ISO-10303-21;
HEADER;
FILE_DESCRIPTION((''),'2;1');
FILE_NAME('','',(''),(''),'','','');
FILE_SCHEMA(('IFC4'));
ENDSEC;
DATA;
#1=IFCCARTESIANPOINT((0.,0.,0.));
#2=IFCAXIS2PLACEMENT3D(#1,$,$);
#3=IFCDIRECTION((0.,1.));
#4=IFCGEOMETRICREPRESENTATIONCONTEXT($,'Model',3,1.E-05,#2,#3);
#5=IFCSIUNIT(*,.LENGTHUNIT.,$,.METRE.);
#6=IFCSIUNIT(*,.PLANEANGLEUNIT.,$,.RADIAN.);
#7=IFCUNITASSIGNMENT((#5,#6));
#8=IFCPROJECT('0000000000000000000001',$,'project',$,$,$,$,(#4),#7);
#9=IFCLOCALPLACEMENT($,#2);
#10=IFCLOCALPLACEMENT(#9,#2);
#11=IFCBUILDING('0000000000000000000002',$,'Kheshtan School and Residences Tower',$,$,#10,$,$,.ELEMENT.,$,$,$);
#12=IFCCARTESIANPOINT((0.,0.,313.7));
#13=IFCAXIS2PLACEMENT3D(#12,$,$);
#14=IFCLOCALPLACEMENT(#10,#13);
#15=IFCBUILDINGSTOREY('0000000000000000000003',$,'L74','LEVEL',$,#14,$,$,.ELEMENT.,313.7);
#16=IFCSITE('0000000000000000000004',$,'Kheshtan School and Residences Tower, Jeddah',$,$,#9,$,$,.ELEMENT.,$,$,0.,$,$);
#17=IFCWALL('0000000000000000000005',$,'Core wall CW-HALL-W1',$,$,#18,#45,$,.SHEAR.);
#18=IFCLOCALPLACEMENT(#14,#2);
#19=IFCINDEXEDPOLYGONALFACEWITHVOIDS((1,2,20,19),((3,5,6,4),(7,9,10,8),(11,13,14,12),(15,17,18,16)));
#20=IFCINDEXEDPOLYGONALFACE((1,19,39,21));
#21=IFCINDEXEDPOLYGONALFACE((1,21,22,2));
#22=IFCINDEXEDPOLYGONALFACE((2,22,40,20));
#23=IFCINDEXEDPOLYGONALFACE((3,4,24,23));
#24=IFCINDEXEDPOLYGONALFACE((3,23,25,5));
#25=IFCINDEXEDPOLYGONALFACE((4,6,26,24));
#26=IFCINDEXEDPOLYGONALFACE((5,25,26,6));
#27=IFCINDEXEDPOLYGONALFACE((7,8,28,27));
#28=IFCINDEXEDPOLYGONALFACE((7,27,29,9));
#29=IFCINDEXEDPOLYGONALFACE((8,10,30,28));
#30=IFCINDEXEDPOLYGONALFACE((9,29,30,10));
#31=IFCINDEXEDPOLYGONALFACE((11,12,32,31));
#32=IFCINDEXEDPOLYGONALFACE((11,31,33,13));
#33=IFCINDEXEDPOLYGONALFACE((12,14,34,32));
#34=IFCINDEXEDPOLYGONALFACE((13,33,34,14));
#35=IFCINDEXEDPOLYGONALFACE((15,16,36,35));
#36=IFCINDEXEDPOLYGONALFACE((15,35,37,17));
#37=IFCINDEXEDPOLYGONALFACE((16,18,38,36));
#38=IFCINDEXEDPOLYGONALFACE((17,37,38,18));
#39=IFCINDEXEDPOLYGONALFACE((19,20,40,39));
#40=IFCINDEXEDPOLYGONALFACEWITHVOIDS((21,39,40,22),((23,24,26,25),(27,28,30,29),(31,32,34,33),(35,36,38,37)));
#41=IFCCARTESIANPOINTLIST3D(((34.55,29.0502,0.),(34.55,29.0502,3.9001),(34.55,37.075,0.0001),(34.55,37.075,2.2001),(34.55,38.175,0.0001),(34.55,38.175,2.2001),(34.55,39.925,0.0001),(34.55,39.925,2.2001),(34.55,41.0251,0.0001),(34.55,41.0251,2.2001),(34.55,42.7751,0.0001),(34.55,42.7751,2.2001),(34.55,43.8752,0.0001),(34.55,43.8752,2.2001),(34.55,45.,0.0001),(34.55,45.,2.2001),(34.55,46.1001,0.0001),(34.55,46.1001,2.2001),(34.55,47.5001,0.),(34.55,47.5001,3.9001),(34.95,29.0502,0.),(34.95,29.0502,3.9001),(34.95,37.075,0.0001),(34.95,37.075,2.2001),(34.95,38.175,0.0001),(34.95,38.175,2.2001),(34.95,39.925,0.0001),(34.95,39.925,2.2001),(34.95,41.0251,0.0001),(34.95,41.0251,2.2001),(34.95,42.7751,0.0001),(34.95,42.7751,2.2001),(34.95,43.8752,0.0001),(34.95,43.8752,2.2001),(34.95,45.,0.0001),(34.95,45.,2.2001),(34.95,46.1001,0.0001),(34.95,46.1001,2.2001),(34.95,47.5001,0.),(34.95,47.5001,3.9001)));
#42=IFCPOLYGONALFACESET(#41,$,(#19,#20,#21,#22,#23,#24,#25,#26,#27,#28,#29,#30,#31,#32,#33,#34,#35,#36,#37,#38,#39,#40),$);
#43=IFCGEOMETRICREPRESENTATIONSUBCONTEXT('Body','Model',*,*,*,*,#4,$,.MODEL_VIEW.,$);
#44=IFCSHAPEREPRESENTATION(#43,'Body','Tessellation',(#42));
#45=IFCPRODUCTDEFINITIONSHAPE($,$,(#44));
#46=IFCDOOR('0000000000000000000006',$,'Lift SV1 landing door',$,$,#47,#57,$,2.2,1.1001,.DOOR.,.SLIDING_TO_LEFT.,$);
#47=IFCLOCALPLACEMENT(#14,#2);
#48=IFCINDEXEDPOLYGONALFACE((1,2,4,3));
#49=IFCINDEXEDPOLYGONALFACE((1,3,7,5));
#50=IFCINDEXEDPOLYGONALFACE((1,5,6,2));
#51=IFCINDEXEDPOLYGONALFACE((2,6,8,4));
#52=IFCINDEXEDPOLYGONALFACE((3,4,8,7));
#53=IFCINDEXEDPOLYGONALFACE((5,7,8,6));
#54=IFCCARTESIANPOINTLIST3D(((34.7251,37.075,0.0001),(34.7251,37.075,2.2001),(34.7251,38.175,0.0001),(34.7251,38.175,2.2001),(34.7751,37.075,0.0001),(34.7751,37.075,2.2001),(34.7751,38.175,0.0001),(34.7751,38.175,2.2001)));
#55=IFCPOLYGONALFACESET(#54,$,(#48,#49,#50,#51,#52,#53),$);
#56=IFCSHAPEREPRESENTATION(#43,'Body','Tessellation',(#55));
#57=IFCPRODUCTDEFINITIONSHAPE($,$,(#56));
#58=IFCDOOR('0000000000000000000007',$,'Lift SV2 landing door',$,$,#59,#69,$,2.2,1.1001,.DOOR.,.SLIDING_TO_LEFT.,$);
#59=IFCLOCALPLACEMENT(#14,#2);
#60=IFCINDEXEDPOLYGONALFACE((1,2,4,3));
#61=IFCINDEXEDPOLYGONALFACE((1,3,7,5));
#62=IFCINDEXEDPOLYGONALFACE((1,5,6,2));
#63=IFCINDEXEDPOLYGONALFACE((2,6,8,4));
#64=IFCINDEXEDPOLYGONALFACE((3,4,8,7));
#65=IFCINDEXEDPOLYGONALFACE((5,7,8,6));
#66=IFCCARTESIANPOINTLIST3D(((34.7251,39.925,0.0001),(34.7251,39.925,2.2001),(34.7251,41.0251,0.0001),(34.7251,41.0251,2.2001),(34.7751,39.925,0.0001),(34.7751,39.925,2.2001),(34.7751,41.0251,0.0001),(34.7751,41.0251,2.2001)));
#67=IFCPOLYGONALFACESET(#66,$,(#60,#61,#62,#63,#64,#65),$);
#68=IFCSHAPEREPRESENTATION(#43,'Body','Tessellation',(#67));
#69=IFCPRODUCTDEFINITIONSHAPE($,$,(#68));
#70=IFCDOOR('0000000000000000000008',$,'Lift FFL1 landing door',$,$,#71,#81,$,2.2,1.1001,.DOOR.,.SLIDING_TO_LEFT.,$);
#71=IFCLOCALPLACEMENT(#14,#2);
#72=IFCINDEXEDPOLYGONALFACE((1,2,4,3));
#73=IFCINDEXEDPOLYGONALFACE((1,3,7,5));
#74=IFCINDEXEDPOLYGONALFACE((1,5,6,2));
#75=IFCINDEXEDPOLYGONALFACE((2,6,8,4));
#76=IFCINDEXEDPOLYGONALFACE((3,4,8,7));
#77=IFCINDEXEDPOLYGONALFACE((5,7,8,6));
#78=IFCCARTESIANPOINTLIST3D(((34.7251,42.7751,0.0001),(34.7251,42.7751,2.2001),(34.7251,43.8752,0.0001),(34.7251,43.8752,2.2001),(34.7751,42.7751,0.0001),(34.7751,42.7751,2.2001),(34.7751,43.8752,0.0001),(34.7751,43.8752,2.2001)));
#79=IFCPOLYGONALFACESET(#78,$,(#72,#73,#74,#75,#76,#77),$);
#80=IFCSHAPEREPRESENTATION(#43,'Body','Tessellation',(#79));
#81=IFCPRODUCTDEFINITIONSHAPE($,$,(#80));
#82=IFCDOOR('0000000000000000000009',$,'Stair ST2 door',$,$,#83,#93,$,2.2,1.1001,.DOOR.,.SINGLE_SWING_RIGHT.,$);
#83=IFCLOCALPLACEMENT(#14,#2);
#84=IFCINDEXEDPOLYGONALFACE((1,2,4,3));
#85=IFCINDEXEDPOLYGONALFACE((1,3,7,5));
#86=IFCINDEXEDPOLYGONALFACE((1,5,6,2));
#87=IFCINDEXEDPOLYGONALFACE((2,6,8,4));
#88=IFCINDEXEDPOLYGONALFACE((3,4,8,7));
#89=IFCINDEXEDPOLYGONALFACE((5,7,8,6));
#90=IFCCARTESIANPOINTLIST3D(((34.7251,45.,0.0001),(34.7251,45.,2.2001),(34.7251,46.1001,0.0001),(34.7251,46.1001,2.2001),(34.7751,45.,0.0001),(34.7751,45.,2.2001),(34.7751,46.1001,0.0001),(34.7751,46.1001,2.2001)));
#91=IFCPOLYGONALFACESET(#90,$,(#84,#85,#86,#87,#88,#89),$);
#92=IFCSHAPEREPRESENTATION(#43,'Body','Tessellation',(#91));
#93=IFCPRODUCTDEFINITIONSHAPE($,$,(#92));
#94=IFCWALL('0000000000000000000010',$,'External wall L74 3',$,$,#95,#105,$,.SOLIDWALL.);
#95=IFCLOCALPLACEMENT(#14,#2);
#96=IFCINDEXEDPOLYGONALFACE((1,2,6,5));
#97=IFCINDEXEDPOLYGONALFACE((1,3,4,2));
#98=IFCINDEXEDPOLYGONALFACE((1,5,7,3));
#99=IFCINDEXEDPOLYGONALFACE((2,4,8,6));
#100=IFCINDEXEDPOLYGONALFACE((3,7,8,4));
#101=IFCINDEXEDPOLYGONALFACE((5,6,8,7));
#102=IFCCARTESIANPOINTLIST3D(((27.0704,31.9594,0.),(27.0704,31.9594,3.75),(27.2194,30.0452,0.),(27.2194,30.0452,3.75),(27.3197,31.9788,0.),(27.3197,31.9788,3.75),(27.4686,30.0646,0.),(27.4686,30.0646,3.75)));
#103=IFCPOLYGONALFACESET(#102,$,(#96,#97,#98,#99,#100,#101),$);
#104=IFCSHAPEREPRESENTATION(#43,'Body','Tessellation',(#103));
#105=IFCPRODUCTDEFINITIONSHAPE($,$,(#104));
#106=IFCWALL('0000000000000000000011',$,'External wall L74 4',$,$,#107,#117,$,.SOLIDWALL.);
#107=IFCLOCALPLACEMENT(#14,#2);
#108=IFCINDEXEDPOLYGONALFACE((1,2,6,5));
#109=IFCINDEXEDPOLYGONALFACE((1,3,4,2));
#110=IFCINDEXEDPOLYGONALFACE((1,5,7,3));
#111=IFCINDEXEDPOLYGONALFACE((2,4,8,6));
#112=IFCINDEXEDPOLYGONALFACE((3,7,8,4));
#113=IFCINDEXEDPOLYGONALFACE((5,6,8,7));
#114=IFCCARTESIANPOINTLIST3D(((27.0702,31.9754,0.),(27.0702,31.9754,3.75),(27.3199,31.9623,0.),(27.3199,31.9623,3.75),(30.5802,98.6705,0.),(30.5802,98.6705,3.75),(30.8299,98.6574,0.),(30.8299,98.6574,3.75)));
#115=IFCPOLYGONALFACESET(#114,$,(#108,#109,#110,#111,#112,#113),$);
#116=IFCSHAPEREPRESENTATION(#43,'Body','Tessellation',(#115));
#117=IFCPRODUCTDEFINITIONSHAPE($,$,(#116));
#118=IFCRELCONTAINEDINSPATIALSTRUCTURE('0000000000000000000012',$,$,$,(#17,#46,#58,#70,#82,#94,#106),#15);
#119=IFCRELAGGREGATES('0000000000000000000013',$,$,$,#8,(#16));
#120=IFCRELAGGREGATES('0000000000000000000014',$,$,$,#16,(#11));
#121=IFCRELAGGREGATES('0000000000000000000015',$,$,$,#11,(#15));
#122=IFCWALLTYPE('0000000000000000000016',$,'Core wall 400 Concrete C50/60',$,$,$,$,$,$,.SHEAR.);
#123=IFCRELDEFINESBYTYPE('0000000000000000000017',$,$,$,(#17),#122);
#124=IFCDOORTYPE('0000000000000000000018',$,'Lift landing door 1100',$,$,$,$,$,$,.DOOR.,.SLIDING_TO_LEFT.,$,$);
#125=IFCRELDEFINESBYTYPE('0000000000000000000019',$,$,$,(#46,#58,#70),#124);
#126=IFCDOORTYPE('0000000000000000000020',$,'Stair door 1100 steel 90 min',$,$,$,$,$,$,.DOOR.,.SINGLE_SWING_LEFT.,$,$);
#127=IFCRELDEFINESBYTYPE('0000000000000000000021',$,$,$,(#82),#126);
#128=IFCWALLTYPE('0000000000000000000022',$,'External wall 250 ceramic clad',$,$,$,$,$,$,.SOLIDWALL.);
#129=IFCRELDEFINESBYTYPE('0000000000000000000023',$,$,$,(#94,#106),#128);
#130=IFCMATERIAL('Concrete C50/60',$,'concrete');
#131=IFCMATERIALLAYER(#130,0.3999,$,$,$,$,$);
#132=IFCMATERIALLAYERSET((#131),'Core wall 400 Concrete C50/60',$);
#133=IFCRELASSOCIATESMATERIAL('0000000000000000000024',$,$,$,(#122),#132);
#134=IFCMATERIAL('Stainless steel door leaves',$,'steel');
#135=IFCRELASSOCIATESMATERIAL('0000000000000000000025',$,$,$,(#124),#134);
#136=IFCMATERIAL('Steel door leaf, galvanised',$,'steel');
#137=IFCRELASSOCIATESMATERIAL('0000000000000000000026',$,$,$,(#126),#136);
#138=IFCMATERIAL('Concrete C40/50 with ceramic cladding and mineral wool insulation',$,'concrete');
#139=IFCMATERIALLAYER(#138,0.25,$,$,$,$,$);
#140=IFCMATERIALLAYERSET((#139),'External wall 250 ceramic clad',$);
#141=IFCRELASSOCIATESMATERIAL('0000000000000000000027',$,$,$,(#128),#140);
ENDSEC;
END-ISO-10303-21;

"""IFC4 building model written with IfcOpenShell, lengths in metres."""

from ifc_helpers import new_model, si_unit, direction, frame, frame_2d, origin, place, context, subcontext, project, spatial, rectangle, extrude, source, transform, mapped, material, layer, layer_set, type_object, element, fill, save


model = new_model("IFC4")

# Units and contexts
model_context = context("Model", 3, precision=1e-05, world=origin(), true_north=direction((0.0, 1.0)))
body_context = subcontext(model_context, "Body", "Model", "MODEL_VIEW")
ifc_project = project(units=[si_unit("LENGTHUNIT", "METRE"), si_unit("PLANEANGLEUNIT", "RADIAN")], contexts=[model_context])

# Site, building, storey
site_placement = place(None, origin())
site = spatial("IfcSite", under=ifc_project, at=site_placement, Name="Kheshtan School and Residences Tower, Jeddah", CompositionType="ELEMENT", RefElevation=0.0)
building_placement = place(site_placement, origin())
building = spatial("IfcBuilding", under=site, at=building_placement, Name="Kheshtan School and Residences Tower", CompositionType="ELEMENT")
storey_placement = place(building_placement, frame((0.0, 0.0, 313.7)))
storey = spatial("IfcBuildingStorey", under=building, at=storey_placement, Name="L74", Description="LEVEL", CompositionType="ELEMENT", Elevation=313.7)

# Wall, openings, doors
ifc_material_1 = material(Name="Concrete C50/60", Category="concrete")
ifc_layer_1 = layer(ifc_material_1, 0.3999)
ifc_layer_set_1 = layer_set([ifc_layer_1], Name="Core wall 400 Concrete C50/60")
wall_type_1 = type_object("IfcWallType", Name="Core wall 400 Concrete C50/60", PredefinedType="SHEAR", material=ifc_layer_set_1)
ifc_material_2 = material(Name="Stainless steel door leaves", Category="steel")
door_type_1 = type_object("IfcDoorType", Name="Lift landing door 1100", OperationType="SLIDING_TO_LEFT", PredefinedType="DOOR", material=ifc_material_2)
shared_shape_1 = source(origin(), body_context, "Body", "SweptSolid", [
    extrude(rectangle(XDim=1.1001, YDim=2.2, at=frame_2d((0.55, 1.1001))), frame((0.0, 0.0249, 0.0), z_axis=(0.0, -1.0, 0.0), x_axis=(1.0, 0.0, 0.0)), (0.0, 0.0, 1.0), 0.05),
])
ifc_material_3 = material(Name="Steel door leaf, galvanised", Category="steel")
wall_1_placement = place(storey_placement, frame((34.75, 29.05, 0.0), z_axis=(0.0, 0.0, 1.0), x_axis=(0.0, 1.0, 0.0)))
wall_1 = element("IfcWall", 1, at=wall_1_placement, inside=storey, type_object=wall_type_1, Name="Core wall CW-HALL-W1", PredefinedType="SHEAR", context=body_context, shape_type="SweptSolid", body=[
    extrude(rectangle(XDim=18.45, YDim=0.3999, at=frame_2d((9.2251, 0.0))), origin(), (0.0, 0.0, 1.0), 3.9001),
])
opening_1_placement = place(wall_1_placement, frame((8.0249, 0.0, 0.0)))
opening_1 = element("IfcOpeningElement", 2, at=opening_1_placement, cuts=wall_1, PredefinedType="OPENING", context=body_context, shape_type="SweptSolid", body=[
    extrude(rectangle(XDim=1.1001, YDim=2.2, at=frame_2d((0.55, 1.1001))), frame((0.0, 0.21, 0.0), z_axis=(0.0, -1.0, 0.0), x_axis=(1.0, 0.0, 0.0)), (0.0, 0.0, 1.0), 0.4199),
])
opening_2_placement = place(wall_1_placement, frame((10.875, 0.0, 0.0)))
opening_2 = element("IfcOpeningElement", 3, at=opening_2_placement, cuts=wall_1, PredefinedType="OPENING", context=body_context, shape_type="SweptSolid", body=[
    extrude(rectangle(XDim=1.1001, YDim=2.2, at=frame_2d((0.55, 1.1001))), frame((0.0, 0.21, 0.0), z_axis=(0.0, -1.0, 0.0), x_axis=(1.0, 0.0, 0.0)), (0.0, 0.0, 1.0), 0.4199),
])
opening_3_placement = place(wall_1_placement, frame((13.7251, 0.0, 0.0)))
opening_3 = element("IfcOpeningElement", 4, at=opening_3_placement, cuts=wall_1, PredefinedType="OPENING", context=body_context, shape_type="SweptSolid", body=[
    extrude(rectangle(XDim=1.1001, YDim=2.2, at=frame_2d((0.55, 1.1001))), frame((0.0, 0.21, 0.0), z_axis=(0.0, -1.0, 0.0), x_axis=(1.0, 0.0, 0.0)), (0.0, 0.0, 1.0), 0.4199),
])
opening_4_placement = place(wall_1_placement, frame((15.95, 0.0, 0.0)))
opening_4 = element("IfcOpeningElement", 5, at=opening_4_placement, cuts=wall_1, PredefinedType="OPENING", context=body_context, shape_type="SweptSolid", body=[
    extrude(rectangle(XDim=1.1001, YDim=2.2, at=frame_2d((0.55, 1.1001))), frame((0.0, 0.21, 0.0), z_axis=(0.0, -1.0, 0.0), x_axis=(1.0, 0.0, 0.0)), (0.0, 0.0, 1.0), 0.4199),
])
door_1_placement = place(opening_1_placement, origin())
door_1 = element("IfcDoor", 6, at=door_1_placement, inside=storey, type_object=door_type_1, Name="Lift SV1 landing door", OperationType="SLIDING_TO_LEFT", OverallHeight=2.2, OverallWidth=1.1001, PredefinedType="DOOR", context=body_context, shape_type="MappedRepresentation", body=[
    mapped(shared_shape_1, transform((0.0, 0.0, 0.0), x_axis=(1.0, 0.0, 0.0), y_axis=(0.0, 1.0, 0.0), z_axis=(0.0, 0.0, 1.0), scale=1.0)),
])
fill(opening_1, door_1)
door_2_placement = place(opening_2_placement, origin())
door_2 = element("IfcDoor", 7, at=door_2_placement, inside=storey, type_object=door_type_1, Name="Lift SV2 landing door", OperationType="SLIDING_TO_LEFT", OverallHeight=2.2, OverallWidth=1.1001, PredefinedType="DOOR", context=body_context, shape_type="MappedRepresentation", body=[
    mapped(shared_shape_1, transform((0.0, 0.0, 0.0), x_axis=(1.0, 0.0, 0.0), y_axis=(0.0, 1.0, 0.0), z_axis=(0.0, 0.0, 1.0), scale=1.0)),
])
fill(opening_2, door_2)
door_3_placement = place(opening_3_placement, origin())
door_3 = element("IfcDoor", 8, at=door_3_placement, inside=storey, type_object=door_type_1, Name="Lift FFL1 landing door", OperationType="SLIDING_TO_LEFT", OverallHeight=2.2, OverallWidth=1.1001, PredefinedType="DOOR", context=body_context, shape_type="MappedRepresentation", body=[
    mapped(shared_shape_1, transform((0.0, 0.0, 0.0), x_axis=(1.0, 0.0, 0.0), y_axis=(0.0, 1.0, 0.0), z_axis=(0.0, 0.0, 1.0), scale=1.0)),
])
fill(opening_3, door_3)
door_type_2 = type_object("IfcDoorType", Name="Stair door 1100 steel 90 min", OperationType="SINGLE_SWING_LEFT", PredefinedType="DOOR", material=ifc_material_3)
shared_shape_2 = source(origin(), body_context, "Body", "SweptSolid", [
    extrude(rectangle(XDim=1.1001, YDim=2.2, at=frame_2d((0.55, 1.1001))), frame((0.0, 0.0249, 0.0), z_axis=(0.0, -1.0, 0.0), x_axis=(1.0, 0.0, 0.0)), (0.0, 0.0, 1.0), 0.05),
])
door_4_placement = place(opening_4_placement, origin())
door_4 = element("IfcDoor", 9, at=door_4_placement, inside=storey, type_object=door_type_2, Name="Stair ST2 door", OperationType="SINGLE_SWING_RIGHT", OverallHeight=2.2, OverallWidth=1.1001, PredefinedType="DOOR", context=body_context, shape_type="MappedRepresentation", body=[
    mapped(shared_shape_2, transform((0.0, 0.0, 0.0), x_axis=(1.0, 0.0, 0.0), y_axis=(0.0, 1.0, 0.0), z_axis=(0.0, 0.0, 1.0), scale=1.0)),
])
fill(opening_4, door_4)

# Walls
ifc_material_4 = material(Name="Concrete C40/50 with ceramic cladding and mineral wool insulation", Category="concrete")
ifc_layer_2 = layer(ifc_material_4, 0.25)
ifc_layer_set_2 = layer_set([ifc_layer_2], Name="External wall 250 ceramic clad")
wall_type_2 = type_object("IfcWallType", Name="External wall 250 ceramic clad", PredefinedType="SOLIDWALL", material=ifc_layer_set_2)
wall_2_placement = place(storey_placement, frame((27.344, 30.0549, 0.0), z_axis=(0.0, 0.0, 1.0), x_axis=(-0.077572, 0.996987, 0.0)))
element("IfcWall", 10, at=wall_2_placement, inside=storey, type_object=wall_type_2, Name="External wall L74 3", PredefinedType="SOLIDWALL", context=body_context, shape_type="SweptSolid", body=[
    extrude(rectangle(XDim=1.9199, YDim=0.25, at=frame_2d((0.96, 0.0))), origin(), (0.0, 0.0, 1.0), 3.75),
])
wall_3_placement = place(storey_placement, frame((27.1951, 31.969, 0.0), z_axis=(0.0, 0.0, 1.0), x_axis=(0.052555, 0.998618, 0.0)))
element("IfcWall", 11, at=wall_3_placement, inside=storey, type_object=wall_type_2, Name="External wall L74 4", PredefinedType="SOLIDWALL", context=body_context, shape_type="SweptSolid", body=[
    extrude(rectangle(XDim=66.7874, YDim=0.25, at=frame_2d((33.3936, 0.0))), origin(), (0.0, 0.0, 1.0), 3.75),
])

save(model, "model.ifc")
